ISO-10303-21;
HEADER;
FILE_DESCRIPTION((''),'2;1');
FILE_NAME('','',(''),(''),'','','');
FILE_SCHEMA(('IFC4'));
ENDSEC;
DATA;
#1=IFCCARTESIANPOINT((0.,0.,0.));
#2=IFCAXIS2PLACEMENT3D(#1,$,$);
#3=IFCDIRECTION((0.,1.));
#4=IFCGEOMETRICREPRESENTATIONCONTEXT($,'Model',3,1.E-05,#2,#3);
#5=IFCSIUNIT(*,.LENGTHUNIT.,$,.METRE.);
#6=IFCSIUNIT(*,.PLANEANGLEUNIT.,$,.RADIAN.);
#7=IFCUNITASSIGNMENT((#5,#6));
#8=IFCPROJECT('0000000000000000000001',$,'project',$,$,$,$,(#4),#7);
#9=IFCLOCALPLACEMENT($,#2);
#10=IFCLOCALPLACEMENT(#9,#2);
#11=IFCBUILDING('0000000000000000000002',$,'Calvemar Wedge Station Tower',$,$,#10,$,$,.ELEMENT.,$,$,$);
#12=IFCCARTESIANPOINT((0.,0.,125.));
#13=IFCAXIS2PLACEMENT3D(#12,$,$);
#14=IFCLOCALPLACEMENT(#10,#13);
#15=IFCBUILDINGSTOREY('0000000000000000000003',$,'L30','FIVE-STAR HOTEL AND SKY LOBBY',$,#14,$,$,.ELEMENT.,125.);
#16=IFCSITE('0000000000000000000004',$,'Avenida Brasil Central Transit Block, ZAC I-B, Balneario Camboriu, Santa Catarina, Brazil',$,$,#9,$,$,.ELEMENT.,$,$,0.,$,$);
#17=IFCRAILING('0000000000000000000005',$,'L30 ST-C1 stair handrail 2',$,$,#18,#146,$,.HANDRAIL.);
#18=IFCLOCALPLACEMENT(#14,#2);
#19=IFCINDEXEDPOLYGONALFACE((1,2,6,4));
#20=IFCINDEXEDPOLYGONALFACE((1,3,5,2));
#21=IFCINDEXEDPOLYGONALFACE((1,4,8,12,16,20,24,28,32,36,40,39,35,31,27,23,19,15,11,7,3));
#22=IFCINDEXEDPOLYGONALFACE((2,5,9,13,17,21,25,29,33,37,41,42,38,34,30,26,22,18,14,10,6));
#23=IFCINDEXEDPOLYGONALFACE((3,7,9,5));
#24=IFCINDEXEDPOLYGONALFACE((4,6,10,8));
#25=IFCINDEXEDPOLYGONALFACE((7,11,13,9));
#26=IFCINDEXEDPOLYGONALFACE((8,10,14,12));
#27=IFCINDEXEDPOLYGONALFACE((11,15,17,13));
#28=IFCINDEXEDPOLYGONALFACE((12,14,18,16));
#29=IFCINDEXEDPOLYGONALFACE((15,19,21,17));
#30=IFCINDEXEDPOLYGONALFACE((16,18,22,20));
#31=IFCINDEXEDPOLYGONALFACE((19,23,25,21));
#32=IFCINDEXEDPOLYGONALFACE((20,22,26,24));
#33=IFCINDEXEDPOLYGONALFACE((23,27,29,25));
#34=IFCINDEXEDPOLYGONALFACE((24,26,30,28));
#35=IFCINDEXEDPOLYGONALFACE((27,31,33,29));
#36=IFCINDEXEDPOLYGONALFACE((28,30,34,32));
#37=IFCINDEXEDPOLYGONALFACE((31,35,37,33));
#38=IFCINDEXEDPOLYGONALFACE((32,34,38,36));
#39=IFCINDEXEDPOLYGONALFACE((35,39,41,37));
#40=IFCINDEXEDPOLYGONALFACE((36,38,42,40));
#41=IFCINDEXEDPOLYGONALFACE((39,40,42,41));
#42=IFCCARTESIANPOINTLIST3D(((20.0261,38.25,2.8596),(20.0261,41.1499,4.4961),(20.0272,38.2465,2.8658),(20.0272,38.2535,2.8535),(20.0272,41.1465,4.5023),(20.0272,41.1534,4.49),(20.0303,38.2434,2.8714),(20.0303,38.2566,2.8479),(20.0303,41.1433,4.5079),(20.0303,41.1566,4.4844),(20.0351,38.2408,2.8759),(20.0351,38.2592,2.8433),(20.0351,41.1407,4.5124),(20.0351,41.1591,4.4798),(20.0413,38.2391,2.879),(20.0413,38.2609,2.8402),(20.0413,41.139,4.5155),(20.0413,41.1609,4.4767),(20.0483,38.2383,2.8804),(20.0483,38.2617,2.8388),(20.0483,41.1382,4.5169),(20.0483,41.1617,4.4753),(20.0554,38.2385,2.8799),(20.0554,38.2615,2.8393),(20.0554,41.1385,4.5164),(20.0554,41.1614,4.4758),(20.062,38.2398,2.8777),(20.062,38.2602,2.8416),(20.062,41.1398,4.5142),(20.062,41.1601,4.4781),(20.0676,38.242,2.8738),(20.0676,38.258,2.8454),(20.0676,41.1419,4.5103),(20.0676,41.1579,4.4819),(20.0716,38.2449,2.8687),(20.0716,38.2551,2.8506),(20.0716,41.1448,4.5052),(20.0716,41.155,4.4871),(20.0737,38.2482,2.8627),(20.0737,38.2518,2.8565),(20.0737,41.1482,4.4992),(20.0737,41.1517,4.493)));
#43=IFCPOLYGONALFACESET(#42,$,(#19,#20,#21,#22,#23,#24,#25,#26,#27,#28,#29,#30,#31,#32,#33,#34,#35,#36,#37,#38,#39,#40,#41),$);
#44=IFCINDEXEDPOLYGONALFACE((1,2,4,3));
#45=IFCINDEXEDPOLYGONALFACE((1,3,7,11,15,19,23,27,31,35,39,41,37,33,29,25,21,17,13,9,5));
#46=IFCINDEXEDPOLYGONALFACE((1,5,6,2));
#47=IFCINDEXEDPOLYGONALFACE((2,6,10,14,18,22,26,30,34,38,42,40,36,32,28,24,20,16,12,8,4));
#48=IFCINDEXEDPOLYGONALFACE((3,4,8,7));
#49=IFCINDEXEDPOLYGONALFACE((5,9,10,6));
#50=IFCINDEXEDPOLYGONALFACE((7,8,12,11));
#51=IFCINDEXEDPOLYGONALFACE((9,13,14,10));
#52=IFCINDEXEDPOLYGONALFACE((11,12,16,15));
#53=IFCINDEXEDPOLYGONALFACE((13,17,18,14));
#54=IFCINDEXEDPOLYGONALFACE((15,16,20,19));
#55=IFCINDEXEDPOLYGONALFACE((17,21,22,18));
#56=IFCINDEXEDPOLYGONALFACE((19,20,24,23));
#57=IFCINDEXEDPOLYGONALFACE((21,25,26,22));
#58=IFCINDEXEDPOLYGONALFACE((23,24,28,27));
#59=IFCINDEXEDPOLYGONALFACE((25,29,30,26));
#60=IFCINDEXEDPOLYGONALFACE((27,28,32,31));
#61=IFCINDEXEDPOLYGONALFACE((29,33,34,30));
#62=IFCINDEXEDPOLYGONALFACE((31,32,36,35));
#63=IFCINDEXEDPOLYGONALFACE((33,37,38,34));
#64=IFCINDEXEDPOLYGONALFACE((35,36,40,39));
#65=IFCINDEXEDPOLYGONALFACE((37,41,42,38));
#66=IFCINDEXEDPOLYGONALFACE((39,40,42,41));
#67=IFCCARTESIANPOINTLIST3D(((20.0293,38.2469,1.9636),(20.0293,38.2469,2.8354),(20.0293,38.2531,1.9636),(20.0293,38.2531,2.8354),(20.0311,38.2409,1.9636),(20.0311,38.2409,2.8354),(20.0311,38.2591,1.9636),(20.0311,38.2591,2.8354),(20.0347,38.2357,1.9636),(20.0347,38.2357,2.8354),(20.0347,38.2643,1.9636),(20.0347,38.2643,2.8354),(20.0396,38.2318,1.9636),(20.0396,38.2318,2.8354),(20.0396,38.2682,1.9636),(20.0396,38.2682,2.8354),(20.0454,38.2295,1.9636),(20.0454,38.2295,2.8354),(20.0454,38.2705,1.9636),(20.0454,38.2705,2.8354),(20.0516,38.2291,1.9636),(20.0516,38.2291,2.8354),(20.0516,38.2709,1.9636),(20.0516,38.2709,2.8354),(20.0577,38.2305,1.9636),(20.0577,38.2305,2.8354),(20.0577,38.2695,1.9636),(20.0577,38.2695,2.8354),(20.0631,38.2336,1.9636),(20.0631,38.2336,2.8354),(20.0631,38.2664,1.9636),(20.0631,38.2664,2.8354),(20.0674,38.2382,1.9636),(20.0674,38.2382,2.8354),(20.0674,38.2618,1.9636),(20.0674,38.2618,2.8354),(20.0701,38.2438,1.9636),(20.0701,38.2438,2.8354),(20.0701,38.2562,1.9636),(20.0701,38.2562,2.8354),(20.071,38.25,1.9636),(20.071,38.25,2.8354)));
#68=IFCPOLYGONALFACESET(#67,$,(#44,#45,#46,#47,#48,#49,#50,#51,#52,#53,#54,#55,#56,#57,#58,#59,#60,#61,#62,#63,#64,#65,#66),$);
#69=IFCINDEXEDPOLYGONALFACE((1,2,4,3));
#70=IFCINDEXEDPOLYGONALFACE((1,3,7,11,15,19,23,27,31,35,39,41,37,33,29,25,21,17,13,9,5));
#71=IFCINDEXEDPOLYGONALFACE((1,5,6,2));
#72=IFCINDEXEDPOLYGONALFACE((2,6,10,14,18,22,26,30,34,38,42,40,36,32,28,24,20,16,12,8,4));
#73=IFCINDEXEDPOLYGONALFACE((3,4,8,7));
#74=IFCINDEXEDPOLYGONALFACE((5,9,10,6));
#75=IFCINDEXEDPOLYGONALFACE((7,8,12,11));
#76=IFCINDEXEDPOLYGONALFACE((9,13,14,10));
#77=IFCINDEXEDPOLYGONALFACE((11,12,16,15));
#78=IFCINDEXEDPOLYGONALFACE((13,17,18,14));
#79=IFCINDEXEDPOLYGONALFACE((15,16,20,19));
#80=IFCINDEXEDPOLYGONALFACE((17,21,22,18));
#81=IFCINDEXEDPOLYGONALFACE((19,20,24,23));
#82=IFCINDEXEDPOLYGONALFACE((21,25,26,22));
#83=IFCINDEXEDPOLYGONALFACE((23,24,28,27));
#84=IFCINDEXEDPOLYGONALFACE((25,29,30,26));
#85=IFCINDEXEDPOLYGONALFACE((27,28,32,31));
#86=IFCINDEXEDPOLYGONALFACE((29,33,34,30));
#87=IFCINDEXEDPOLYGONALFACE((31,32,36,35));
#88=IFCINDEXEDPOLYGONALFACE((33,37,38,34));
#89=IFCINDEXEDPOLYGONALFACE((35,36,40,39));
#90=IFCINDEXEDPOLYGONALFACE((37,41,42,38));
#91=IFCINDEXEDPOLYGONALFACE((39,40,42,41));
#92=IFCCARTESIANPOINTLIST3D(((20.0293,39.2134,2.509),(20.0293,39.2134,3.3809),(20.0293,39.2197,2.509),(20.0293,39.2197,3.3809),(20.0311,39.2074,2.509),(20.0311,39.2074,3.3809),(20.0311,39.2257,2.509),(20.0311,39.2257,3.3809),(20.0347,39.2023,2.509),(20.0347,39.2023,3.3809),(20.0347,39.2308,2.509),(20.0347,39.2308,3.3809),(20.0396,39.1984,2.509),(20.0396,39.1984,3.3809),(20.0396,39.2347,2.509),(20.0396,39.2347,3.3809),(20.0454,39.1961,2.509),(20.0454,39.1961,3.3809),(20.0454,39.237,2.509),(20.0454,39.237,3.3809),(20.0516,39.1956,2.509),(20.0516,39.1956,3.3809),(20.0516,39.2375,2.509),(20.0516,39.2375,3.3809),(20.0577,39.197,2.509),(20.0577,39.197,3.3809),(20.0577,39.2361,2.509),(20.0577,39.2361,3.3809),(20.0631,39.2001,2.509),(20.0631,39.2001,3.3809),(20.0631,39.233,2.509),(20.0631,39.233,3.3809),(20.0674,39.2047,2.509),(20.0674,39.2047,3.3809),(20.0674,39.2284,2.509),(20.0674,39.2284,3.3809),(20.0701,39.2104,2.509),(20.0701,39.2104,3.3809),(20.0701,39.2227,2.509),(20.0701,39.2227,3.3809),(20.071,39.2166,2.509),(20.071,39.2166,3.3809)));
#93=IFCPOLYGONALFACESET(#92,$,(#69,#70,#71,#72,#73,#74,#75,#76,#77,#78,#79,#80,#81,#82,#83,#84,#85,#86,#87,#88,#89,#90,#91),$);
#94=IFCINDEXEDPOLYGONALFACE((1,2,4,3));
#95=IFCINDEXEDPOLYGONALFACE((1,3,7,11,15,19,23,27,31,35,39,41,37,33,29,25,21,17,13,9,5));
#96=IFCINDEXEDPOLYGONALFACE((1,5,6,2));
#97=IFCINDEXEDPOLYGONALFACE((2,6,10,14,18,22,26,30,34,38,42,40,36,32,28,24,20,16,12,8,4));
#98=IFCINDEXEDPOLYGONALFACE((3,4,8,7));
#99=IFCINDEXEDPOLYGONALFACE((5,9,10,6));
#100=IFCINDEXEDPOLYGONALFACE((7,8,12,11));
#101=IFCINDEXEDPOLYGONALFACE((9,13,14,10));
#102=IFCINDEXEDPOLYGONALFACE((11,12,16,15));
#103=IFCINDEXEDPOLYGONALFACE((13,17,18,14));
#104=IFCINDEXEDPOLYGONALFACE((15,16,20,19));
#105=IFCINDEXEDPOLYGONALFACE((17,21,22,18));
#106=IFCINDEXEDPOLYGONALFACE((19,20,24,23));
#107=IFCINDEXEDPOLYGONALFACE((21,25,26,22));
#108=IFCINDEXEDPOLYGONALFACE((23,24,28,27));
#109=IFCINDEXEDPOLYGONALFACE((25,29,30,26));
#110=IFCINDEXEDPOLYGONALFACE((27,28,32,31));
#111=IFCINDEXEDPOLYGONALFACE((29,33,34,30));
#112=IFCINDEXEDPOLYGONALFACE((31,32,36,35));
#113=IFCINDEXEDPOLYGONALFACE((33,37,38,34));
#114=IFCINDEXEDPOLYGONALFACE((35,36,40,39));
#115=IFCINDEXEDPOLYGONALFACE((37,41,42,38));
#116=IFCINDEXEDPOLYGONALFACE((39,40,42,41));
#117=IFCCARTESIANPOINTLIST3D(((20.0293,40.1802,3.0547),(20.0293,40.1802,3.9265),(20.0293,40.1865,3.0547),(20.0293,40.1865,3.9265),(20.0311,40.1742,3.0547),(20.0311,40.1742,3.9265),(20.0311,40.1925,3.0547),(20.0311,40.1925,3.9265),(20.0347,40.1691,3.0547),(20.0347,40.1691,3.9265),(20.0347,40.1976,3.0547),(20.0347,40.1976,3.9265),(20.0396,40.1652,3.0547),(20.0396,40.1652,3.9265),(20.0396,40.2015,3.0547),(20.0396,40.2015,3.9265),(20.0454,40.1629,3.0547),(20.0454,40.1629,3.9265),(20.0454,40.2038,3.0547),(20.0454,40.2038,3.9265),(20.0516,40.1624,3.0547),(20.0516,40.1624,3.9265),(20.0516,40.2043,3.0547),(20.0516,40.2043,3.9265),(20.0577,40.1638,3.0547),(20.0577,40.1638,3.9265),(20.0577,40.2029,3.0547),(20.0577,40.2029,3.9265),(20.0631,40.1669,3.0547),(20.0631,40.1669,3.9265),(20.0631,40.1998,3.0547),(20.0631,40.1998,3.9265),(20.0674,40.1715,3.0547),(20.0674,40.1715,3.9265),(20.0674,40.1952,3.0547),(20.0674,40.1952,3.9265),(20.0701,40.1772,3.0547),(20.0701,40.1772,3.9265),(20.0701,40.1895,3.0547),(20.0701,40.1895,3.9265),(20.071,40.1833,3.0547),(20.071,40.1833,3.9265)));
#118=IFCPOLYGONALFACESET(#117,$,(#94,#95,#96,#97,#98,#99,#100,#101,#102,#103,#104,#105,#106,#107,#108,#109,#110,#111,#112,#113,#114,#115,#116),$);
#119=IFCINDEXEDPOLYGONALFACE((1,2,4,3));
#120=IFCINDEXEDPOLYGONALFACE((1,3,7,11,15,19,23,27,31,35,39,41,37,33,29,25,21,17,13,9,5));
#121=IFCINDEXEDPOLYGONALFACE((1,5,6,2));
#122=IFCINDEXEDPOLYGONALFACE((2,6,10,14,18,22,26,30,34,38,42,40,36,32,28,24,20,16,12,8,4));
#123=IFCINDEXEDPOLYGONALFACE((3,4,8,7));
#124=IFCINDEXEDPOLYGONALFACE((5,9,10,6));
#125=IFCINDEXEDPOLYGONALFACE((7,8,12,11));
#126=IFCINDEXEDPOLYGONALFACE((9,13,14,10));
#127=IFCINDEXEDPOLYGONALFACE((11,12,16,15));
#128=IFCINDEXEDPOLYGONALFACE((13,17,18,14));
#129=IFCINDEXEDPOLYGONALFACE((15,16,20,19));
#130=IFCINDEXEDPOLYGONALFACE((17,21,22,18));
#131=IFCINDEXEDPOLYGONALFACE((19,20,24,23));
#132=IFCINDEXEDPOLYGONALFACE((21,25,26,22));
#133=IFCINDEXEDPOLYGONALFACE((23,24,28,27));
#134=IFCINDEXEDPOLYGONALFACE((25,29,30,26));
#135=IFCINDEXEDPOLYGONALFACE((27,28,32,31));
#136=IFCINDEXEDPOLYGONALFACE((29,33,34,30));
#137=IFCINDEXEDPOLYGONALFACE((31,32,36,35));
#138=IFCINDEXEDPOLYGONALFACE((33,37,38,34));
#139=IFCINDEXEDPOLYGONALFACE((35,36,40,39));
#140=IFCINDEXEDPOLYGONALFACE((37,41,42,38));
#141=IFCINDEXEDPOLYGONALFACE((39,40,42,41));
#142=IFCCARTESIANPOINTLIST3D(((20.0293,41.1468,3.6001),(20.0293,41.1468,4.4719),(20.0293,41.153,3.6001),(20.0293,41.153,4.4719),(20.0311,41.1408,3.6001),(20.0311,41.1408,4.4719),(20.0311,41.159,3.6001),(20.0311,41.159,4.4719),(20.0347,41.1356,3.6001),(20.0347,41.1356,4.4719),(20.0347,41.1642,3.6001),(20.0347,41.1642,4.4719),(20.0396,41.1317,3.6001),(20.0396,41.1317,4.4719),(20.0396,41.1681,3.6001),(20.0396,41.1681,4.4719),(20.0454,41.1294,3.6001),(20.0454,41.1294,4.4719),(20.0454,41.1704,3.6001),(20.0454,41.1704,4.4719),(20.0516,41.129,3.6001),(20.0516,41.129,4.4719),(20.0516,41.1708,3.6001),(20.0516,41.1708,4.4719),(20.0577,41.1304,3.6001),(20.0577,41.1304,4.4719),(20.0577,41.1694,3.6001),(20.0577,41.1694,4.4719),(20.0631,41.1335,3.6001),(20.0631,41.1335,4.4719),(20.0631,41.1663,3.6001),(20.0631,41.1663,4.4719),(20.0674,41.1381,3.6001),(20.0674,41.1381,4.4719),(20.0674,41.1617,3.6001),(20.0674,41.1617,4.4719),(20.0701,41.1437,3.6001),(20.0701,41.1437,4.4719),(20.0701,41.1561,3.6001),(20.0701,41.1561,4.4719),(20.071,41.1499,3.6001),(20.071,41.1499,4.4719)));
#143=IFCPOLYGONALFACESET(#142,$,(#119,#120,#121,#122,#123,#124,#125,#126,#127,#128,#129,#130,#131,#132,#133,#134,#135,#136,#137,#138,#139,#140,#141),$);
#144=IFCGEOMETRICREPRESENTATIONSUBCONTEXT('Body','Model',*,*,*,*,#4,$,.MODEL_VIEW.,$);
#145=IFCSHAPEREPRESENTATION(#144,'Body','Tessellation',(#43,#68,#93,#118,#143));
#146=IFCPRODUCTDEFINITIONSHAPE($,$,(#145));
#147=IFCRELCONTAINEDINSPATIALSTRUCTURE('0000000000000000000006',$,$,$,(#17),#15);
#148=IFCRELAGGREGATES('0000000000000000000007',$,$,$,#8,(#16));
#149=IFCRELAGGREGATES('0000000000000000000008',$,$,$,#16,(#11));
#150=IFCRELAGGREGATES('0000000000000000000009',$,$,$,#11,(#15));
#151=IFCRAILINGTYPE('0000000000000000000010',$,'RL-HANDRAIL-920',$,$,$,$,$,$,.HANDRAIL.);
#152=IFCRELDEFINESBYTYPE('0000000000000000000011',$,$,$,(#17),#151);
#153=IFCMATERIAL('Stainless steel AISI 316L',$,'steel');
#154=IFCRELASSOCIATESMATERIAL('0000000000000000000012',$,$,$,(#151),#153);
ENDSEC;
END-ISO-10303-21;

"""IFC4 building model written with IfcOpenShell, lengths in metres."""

from ifc_helpers import new_model, si_unit, direction, frame, origin, origin_2d, place, context, subcontext, project, spatial, circle, extrude, material, type_object, element, save


model = new_model("IFC4")

# Units and contexts
model_context = context("Model", 3, precision=1e-05, world=origin(), true_north=direction((0.0, 1.0)))
body_context = subcontext(model_context, "Body", "Model", "MODEL_VIEW")
ifc_project = project(units=[si_unit("LENGTHUNIT", "METRE"), si_unit("PLANEANGLEUNIT", "RADIAN")], contexts=[model_context])

# Site, building, storey
site_placement = place(None, origin())
site = spatial("IfcSite", under=ifc_project, at=site_placement, Name="Avenida Brasil Central Transit Block, ZAC I-B, Balneario Camboriu, Santa Catarina, Brazil", CompositionType="ELEMENT", RefElevation=0.0)
building_placement = place(site_placement, origin())
building = spatial("IfcBuilding", under=site, at=building_placement, Name="Calvemar Wedge Station Tower", CompositionType="ELEMENT")
storey_placement = place(building_placement, frame((0.0, 0.0, 125.0)))
storey = spatial("IfcBuildingStorey", under=building, at=storey_placement, Name="L30", Description="FIVE-STAR HOTEL AND SKY LOBBY", CompositionType="ELEMENT", Elevation=125.0)

# Railing
ifc_material_1 = material(Name="Stainless steel AISI 316L", Category="steel")
railing_type_1 = type_object("IfcRailingType", Name="RL-HANDRAIL-920", PredefinedType="HANDRAIL", material=ifc_material_1)
railing_1_placement = place(storey_placement, frame((20.05, 38.25, 1.9636)))
element("IfcRailing", 1, at=railing_1_placement, inside=storey, type_object=railing_type_1, Name="L30 ST-C1 stair handrail 2", PredefinedType="HANDRAIL", context=body_context, shape_type="SweptSolid", body=[
    extrude(circle(Radius=0.0239, at=origin_2d()), frame((0.0, 0.0, 0.896), z_axis=(0.0, 0.870897, 0.491465), x_axis=(-1.0, 0.0, 0.0)), (0.0, 0.0, 1.0), 3.3298),
    extrude(circle(Radius=0.021, at=origin_2d()), origin(), (0.0, 0.0, 1.0), 0.8718),
    extrude(circle(Radius=0.021, at=origin_2d()), frame((0.0, 0.9666, 0.5454)), (0.0, 0.0, 1.0), 0.8718),
    extrude(circle(Radius=0.021, at=origin_2d()), frame((0.0, 1.9333, 1.0911)), (0.0, 0.0, 1.0), 0.8718),
    extrude(circle(Radius=0.021, at=origin_2d()), frame((0.0, 2.8999, 1.6365)), (0.0, 0.0, 1.0), 0.8718),
])

save(model, "model.ifc")
